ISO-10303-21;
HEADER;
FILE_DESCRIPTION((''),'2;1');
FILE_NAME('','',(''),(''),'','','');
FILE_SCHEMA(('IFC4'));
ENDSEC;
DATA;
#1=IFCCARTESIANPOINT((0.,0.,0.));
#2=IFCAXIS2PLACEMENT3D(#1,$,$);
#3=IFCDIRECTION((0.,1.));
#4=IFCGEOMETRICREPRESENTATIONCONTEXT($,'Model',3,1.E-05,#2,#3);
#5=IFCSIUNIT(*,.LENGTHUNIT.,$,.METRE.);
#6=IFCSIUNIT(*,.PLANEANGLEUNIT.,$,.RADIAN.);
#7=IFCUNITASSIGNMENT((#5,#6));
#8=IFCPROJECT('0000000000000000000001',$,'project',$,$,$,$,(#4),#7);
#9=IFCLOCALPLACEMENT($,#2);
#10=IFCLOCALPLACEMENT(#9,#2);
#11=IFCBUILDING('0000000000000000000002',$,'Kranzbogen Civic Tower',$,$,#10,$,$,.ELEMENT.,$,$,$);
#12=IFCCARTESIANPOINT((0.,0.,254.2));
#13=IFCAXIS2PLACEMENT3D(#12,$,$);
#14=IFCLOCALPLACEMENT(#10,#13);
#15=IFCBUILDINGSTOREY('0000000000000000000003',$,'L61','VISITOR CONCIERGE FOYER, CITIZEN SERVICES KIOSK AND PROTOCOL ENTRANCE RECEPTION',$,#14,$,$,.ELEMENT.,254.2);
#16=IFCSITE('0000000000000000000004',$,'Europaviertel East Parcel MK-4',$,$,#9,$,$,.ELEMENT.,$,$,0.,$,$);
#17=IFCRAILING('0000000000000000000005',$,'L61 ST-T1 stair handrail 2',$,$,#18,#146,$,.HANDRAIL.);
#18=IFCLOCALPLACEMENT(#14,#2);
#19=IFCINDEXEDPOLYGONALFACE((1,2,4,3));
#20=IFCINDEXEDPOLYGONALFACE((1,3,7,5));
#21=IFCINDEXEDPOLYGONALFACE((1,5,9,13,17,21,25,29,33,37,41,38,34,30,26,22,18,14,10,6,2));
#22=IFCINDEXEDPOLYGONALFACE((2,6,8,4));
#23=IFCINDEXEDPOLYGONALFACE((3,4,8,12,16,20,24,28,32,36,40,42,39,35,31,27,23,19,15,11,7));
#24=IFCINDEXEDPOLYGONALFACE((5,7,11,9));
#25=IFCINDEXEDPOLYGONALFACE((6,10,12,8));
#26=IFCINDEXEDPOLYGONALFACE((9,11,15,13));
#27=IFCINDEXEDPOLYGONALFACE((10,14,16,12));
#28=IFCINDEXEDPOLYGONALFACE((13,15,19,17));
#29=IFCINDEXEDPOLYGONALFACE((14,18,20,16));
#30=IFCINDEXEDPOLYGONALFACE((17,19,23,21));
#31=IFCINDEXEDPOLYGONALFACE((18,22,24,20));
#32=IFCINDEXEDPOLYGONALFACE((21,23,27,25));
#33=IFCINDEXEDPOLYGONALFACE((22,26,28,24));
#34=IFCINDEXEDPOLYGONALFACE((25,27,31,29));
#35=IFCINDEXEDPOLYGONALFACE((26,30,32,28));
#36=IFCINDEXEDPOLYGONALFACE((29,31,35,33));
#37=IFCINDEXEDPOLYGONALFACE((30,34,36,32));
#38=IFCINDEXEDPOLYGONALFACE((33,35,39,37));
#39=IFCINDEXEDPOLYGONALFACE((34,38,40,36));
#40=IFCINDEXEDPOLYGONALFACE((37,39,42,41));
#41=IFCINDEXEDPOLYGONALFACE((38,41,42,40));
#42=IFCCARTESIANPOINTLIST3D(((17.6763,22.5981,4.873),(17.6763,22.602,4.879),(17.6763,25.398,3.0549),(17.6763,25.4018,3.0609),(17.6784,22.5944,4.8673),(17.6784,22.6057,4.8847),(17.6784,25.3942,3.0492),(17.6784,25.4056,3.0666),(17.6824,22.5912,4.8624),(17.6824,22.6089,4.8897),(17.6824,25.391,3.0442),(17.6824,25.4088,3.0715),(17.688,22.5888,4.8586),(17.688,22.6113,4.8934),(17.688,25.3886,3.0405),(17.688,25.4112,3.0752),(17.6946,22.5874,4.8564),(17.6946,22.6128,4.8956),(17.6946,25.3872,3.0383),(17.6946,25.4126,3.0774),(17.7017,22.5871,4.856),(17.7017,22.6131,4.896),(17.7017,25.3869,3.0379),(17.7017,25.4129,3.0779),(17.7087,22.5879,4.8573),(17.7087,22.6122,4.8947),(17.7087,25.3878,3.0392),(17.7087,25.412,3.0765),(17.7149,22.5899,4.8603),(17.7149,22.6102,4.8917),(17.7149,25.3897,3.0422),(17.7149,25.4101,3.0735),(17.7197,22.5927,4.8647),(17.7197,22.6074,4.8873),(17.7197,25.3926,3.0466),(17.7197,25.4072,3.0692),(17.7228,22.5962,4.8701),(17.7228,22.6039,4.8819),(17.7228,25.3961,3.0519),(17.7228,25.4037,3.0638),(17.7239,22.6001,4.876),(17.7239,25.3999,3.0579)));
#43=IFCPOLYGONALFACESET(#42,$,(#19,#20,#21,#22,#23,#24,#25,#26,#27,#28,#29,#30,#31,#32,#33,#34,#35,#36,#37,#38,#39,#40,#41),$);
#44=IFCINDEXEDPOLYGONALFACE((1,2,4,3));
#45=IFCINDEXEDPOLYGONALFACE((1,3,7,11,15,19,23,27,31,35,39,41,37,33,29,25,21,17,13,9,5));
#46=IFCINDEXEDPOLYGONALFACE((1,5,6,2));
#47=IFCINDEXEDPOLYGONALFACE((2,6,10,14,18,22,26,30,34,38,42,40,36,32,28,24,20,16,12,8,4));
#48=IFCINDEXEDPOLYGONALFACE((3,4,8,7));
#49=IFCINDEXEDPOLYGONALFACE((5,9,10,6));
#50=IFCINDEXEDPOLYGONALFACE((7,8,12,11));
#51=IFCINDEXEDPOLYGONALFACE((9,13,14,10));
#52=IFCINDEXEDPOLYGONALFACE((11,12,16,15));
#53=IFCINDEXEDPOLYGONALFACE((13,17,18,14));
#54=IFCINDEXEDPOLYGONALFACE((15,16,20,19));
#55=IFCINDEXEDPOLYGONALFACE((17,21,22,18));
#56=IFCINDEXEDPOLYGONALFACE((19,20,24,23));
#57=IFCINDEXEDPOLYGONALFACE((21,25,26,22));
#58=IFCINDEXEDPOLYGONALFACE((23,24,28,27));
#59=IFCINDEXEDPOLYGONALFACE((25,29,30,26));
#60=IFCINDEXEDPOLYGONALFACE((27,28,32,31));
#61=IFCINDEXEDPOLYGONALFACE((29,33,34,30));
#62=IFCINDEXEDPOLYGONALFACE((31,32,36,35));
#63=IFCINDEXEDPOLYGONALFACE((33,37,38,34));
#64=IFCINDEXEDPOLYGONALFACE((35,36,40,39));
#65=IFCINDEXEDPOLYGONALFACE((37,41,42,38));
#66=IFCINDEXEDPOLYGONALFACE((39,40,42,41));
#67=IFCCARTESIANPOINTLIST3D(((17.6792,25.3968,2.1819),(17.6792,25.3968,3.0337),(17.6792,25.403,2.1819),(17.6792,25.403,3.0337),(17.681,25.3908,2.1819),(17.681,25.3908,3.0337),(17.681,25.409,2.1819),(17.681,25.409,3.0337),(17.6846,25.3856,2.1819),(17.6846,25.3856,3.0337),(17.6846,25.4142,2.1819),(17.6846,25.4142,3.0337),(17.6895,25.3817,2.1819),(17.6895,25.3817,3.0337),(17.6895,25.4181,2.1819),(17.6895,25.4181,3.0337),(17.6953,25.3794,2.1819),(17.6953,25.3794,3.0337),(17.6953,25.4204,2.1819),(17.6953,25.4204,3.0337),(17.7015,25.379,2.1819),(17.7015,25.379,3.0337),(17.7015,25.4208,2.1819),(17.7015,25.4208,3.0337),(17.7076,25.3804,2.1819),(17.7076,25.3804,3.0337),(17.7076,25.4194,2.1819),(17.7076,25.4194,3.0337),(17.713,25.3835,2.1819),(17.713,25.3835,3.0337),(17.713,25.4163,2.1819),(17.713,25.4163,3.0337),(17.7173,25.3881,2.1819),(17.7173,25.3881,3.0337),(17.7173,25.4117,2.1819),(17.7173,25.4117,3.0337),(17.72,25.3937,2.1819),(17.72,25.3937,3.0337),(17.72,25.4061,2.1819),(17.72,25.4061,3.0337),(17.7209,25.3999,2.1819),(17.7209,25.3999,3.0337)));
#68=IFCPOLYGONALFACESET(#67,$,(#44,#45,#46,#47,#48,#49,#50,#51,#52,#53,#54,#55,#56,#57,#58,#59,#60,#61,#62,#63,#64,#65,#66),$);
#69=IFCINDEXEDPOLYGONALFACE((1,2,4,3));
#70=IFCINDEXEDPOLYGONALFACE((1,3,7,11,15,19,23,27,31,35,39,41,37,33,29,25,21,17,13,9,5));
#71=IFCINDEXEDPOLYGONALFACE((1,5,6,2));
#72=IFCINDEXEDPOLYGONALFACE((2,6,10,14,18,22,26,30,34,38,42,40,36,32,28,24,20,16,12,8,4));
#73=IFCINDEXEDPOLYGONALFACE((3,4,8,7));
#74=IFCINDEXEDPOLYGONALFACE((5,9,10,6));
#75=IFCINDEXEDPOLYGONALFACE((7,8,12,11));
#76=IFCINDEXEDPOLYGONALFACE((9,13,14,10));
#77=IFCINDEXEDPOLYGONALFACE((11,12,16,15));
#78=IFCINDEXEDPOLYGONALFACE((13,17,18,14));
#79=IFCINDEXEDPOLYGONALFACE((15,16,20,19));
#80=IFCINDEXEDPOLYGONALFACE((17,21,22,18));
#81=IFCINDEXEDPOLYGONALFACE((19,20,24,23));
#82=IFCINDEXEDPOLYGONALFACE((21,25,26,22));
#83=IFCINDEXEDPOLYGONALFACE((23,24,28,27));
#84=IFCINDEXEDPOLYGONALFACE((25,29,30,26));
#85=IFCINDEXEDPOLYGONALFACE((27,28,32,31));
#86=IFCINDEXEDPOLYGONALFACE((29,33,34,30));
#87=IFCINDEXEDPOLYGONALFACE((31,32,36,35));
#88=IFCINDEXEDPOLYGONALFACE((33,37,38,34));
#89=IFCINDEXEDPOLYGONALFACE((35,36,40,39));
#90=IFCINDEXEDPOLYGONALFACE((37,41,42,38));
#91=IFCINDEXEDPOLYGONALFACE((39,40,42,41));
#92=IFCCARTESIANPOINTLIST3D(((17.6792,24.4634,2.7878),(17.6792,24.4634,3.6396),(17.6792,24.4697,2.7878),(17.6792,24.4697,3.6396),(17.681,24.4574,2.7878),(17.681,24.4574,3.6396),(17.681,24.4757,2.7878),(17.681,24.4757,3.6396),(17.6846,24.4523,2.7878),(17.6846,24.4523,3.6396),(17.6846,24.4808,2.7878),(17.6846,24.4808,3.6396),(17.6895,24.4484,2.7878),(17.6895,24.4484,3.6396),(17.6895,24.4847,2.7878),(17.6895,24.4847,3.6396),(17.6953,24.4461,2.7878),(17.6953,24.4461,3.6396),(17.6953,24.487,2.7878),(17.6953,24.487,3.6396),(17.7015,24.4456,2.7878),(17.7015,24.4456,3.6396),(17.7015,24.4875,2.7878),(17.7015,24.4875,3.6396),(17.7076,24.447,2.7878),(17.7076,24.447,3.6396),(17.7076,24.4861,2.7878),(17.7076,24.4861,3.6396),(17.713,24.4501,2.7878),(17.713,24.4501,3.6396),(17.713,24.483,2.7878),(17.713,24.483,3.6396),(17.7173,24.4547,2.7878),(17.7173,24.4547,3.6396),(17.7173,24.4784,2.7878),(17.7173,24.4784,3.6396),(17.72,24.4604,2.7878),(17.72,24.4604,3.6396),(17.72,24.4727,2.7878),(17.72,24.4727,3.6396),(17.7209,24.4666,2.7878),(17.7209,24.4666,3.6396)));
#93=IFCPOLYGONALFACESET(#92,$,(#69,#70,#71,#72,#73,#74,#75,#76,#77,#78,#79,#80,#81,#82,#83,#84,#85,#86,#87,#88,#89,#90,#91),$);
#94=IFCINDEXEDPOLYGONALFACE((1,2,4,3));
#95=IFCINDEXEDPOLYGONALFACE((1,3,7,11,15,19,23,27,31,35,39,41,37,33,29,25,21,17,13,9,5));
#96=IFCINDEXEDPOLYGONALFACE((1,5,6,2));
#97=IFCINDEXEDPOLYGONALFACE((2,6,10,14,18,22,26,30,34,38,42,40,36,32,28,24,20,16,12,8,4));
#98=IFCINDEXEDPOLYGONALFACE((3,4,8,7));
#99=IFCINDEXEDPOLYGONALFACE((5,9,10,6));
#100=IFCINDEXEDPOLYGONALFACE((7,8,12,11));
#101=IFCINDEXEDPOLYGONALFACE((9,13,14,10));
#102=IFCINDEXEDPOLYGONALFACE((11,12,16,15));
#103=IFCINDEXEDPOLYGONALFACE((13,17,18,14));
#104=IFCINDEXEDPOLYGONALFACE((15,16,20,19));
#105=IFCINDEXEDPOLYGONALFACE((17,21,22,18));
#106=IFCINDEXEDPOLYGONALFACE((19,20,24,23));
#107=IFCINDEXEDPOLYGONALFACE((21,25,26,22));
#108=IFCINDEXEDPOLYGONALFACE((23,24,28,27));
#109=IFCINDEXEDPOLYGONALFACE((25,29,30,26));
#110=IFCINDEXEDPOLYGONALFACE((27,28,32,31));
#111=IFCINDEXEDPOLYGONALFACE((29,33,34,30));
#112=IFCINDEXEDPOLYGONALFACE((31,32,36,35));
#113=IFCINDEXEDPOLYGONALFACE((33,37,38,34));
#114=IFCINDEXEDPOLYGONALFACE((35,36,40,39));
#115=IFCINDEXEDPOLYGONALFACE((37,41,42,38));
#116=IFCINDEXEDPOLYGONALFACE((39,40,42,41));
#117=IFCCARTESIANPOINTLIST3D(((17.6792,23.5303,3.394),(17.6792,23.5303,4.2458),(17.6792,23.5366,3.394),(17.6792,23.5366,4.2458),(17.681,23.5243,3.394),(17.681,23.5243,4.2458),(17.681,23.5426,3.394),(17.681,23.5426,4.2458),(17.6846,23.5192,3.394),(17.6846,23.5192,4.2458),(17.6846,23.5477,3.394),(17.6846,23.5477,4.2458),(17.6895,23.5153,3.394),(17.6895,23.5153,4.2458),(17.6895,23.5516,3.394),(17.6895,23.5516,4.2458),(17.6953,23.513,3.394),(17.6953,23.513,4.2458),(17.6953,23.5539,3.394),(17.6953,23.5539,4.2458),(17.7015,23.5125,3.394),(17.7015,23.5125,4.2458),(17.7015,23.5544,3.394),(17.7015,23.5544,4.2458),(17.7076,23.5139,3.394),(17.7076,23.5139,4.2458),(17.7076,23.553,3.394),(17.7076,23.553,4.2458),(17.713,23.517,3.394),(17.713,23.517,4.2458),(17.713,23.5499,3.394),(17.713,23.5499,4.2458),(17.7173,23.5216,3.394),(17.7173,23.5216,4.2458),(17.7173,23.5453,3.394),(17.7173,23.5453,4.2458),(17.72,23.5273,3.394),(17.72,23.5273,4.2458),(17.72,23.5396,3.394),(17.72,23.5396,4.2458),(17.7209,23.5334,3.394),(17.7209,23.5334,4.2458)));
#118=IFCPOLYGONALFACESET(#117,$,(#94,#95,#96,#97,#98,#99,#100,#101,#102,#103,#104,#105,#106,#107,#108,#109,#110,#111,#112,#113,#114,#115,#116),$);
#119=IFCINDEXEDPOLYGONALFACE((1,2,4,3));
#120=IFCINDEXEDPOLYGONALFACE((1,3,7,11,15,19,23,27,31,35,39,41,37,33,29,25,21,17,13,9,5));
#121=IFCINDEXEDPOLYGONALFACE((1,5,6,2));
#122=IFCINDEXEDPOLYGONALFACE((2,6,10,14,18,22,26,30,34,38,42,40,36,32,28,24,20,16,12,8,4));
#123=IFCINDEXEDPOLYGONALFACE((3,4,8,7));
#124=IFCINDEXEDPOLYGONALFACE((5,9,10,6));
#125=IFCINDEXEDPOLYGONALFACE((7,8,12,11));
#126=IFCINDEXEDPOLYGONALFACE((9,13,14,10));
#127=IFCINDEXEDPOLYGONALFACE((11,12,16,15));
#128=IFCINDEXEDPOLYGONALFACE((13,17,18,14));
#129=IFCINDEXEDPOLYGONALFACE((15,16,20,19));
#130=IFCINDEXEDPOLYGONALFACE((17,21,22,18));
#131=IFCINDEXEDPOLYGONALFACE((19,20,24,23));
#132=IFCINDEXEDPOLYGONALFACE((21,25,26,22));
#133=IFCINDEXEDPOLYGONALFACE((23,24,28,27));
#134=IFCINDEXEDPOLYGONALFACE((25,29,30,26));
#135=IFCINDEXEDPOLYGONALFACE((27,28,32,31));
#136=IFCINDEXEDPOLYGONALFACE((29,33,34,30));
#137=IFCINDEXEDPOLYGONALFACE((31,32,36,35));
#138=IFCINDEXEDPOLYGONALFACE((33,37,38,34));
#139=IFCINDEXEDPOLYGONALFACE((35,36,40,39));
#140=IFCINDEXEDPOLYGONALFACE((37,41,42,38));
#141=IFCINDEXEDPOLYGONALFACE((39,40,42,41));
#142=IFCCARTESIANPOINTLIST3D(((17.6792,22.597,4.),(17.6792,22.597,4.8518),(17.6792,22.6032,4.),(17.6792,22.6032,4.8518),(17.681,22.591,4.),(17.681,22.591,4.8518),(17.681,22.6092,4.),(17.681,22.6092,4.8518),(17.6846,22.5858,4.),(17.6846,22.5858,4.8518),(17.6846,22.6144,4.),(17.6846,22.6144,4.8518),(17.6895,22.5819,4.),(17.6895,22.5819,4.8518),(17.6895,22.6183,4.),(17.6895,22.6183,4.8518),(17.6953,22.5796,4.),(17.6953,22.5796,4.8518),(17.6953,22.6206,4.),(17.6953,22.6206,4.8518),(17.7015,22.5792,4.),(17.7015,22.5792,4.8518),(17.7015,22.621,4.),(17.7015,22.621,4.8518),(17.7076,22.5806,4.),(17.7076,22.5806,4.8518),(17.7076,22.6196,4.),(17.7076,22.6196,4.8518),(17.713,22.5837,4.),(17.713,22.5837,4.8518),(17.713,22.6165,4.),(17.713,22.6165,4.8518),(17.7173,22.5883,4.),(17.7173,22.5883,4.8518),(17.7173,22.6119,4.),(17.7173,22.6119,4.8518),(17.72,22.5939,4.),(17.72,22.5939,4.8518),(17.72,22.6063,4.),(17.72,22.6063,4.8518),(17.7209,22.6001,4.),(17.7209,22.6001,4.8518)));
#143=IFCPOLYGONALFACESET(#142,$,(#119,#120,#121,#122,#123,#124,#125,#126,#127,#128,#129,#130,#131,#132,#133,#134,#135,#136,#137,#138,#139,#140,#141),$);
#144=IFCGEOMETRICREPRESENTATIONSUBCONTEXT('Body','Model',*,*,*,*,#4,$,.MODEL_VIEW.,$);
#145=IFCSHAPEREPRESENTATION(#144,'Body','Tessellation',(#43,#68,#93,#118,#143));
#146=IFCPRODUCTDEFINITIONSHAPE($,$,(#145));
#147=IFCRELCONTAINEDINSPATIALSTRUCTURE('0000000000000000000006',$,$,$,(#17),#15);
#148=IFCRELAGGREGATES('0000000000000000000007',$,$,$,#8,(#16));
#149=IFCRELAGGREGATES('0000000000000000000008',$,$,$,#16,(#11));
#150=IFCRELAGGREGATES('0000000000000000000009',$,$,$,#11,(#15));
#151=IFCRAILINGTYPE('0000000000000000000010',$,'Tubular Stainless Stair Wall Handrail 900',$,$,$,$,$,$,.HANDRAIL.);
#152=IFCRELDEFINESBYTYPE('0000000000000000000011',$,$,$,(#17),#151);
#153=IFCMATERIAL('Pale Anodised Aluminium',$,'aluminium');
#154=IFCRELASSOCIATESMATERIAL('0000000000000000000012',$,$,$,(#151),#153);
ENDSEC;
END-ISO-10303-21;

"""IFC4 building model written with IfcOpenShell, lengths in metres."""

from ifc_helpers import new_model, si_unit, direction, frame, origin, origin_2d, place, context, subcontext, project, spatial, circle, extrude, material, type_object, element, save


model = new_model("IFC4")

# Units and contexts
model_context = context("Model", 3, precision=1e-05, world=origin(), true_north=direction((0.0, 1.0)))
body_context = subcontext(model_context, "Body", "Model", "MODEL_VIEW")
ifc_project = project(units=[si_unit("LENGTHUNIT", "METRE"), si_unit("PLANEANGLEUNIT", "RADIAN")], contexts=[model_context])

# Site, building, storey
site_placement = place(None, origin())
site = spatial("IfcSite", under=ifc_project, at=site_placement, Name="Europaviertel East Parcel MK-4", CompositionType="ELEMENT", RefElevation=0.0)
building_placement = place(site_placement, origin())
building = spatial("IfcBuilding", under=site, at=building_placement, Name="Kranzbogen Civic Tower", CompositionType="ELEMENT")
storey_placement = place(building_placement, frame((0.0, 0.0, 254.2)))
storey = spatial("IfcBuildingStorey", under=building, at=storey_placement, Name="L61", Description="VISITOR CONCIERGE FOYER, CITIZEN SERVICES KIOSK AND PROTOCOL ENTRANCE RECEPTION", CompositionType="ELEMENT", Elevation=254.2)

# Shared definitions
ifc_material_1 = material(Name="Pale Anodised Aluminium", Category="aluminium")

# Railing
railing_type_1 = type_object("IfcRailingType", Name="Tubular Stainless Stair Wall Handrail 900", PredefinedType="HANDRAIL", material=ifc_material_1)
railing_1_placement = place(storey_placement, frame((17.7, 25.3999, 2.1819)))
element("IfcRailing", 1, at=railing_1_placement, inside=storey, type_object=railing_type_1, Name="L61 ST-T1 stair handrail 2", PredefinedType="HANDRAIL", context=body_context, shape_type="SweptSolid", body=[
    extrude(circle(Radius=0.0239, at=origin_2d()), frame((0.0, 0.0, 0.876), z_axis=(0.0, -0.838684, 0.544618), x_axis=(1.0, 0.0, 0.0)), (0.0, 0.0, 1.0), 3.3384),
    extrude(circle(Radius=0.021, at=origin_2d()), origin(), (0.0, 0.0, 1.0), 0.8518),
    extrude(circle(Radius=0.021, at=origin_2d()), frame((0.0, -0.9333, 0.606)), (0.0, 0.0, 1.0), 0.8518),
    extrude(circle(Radius=0.021, at=origin_2d()), frame((0.0, -1.8665, 1.2122)), (0.0, 0.0, 1.0), 0.8518),
    extrude(circle(Radius=0.021, at=origin_2d()), frame((0.0, -2.7998, 1.8181)), (0.0, 0.0, 1.0), 0.8518),
])

save(model, "model.ifc")
